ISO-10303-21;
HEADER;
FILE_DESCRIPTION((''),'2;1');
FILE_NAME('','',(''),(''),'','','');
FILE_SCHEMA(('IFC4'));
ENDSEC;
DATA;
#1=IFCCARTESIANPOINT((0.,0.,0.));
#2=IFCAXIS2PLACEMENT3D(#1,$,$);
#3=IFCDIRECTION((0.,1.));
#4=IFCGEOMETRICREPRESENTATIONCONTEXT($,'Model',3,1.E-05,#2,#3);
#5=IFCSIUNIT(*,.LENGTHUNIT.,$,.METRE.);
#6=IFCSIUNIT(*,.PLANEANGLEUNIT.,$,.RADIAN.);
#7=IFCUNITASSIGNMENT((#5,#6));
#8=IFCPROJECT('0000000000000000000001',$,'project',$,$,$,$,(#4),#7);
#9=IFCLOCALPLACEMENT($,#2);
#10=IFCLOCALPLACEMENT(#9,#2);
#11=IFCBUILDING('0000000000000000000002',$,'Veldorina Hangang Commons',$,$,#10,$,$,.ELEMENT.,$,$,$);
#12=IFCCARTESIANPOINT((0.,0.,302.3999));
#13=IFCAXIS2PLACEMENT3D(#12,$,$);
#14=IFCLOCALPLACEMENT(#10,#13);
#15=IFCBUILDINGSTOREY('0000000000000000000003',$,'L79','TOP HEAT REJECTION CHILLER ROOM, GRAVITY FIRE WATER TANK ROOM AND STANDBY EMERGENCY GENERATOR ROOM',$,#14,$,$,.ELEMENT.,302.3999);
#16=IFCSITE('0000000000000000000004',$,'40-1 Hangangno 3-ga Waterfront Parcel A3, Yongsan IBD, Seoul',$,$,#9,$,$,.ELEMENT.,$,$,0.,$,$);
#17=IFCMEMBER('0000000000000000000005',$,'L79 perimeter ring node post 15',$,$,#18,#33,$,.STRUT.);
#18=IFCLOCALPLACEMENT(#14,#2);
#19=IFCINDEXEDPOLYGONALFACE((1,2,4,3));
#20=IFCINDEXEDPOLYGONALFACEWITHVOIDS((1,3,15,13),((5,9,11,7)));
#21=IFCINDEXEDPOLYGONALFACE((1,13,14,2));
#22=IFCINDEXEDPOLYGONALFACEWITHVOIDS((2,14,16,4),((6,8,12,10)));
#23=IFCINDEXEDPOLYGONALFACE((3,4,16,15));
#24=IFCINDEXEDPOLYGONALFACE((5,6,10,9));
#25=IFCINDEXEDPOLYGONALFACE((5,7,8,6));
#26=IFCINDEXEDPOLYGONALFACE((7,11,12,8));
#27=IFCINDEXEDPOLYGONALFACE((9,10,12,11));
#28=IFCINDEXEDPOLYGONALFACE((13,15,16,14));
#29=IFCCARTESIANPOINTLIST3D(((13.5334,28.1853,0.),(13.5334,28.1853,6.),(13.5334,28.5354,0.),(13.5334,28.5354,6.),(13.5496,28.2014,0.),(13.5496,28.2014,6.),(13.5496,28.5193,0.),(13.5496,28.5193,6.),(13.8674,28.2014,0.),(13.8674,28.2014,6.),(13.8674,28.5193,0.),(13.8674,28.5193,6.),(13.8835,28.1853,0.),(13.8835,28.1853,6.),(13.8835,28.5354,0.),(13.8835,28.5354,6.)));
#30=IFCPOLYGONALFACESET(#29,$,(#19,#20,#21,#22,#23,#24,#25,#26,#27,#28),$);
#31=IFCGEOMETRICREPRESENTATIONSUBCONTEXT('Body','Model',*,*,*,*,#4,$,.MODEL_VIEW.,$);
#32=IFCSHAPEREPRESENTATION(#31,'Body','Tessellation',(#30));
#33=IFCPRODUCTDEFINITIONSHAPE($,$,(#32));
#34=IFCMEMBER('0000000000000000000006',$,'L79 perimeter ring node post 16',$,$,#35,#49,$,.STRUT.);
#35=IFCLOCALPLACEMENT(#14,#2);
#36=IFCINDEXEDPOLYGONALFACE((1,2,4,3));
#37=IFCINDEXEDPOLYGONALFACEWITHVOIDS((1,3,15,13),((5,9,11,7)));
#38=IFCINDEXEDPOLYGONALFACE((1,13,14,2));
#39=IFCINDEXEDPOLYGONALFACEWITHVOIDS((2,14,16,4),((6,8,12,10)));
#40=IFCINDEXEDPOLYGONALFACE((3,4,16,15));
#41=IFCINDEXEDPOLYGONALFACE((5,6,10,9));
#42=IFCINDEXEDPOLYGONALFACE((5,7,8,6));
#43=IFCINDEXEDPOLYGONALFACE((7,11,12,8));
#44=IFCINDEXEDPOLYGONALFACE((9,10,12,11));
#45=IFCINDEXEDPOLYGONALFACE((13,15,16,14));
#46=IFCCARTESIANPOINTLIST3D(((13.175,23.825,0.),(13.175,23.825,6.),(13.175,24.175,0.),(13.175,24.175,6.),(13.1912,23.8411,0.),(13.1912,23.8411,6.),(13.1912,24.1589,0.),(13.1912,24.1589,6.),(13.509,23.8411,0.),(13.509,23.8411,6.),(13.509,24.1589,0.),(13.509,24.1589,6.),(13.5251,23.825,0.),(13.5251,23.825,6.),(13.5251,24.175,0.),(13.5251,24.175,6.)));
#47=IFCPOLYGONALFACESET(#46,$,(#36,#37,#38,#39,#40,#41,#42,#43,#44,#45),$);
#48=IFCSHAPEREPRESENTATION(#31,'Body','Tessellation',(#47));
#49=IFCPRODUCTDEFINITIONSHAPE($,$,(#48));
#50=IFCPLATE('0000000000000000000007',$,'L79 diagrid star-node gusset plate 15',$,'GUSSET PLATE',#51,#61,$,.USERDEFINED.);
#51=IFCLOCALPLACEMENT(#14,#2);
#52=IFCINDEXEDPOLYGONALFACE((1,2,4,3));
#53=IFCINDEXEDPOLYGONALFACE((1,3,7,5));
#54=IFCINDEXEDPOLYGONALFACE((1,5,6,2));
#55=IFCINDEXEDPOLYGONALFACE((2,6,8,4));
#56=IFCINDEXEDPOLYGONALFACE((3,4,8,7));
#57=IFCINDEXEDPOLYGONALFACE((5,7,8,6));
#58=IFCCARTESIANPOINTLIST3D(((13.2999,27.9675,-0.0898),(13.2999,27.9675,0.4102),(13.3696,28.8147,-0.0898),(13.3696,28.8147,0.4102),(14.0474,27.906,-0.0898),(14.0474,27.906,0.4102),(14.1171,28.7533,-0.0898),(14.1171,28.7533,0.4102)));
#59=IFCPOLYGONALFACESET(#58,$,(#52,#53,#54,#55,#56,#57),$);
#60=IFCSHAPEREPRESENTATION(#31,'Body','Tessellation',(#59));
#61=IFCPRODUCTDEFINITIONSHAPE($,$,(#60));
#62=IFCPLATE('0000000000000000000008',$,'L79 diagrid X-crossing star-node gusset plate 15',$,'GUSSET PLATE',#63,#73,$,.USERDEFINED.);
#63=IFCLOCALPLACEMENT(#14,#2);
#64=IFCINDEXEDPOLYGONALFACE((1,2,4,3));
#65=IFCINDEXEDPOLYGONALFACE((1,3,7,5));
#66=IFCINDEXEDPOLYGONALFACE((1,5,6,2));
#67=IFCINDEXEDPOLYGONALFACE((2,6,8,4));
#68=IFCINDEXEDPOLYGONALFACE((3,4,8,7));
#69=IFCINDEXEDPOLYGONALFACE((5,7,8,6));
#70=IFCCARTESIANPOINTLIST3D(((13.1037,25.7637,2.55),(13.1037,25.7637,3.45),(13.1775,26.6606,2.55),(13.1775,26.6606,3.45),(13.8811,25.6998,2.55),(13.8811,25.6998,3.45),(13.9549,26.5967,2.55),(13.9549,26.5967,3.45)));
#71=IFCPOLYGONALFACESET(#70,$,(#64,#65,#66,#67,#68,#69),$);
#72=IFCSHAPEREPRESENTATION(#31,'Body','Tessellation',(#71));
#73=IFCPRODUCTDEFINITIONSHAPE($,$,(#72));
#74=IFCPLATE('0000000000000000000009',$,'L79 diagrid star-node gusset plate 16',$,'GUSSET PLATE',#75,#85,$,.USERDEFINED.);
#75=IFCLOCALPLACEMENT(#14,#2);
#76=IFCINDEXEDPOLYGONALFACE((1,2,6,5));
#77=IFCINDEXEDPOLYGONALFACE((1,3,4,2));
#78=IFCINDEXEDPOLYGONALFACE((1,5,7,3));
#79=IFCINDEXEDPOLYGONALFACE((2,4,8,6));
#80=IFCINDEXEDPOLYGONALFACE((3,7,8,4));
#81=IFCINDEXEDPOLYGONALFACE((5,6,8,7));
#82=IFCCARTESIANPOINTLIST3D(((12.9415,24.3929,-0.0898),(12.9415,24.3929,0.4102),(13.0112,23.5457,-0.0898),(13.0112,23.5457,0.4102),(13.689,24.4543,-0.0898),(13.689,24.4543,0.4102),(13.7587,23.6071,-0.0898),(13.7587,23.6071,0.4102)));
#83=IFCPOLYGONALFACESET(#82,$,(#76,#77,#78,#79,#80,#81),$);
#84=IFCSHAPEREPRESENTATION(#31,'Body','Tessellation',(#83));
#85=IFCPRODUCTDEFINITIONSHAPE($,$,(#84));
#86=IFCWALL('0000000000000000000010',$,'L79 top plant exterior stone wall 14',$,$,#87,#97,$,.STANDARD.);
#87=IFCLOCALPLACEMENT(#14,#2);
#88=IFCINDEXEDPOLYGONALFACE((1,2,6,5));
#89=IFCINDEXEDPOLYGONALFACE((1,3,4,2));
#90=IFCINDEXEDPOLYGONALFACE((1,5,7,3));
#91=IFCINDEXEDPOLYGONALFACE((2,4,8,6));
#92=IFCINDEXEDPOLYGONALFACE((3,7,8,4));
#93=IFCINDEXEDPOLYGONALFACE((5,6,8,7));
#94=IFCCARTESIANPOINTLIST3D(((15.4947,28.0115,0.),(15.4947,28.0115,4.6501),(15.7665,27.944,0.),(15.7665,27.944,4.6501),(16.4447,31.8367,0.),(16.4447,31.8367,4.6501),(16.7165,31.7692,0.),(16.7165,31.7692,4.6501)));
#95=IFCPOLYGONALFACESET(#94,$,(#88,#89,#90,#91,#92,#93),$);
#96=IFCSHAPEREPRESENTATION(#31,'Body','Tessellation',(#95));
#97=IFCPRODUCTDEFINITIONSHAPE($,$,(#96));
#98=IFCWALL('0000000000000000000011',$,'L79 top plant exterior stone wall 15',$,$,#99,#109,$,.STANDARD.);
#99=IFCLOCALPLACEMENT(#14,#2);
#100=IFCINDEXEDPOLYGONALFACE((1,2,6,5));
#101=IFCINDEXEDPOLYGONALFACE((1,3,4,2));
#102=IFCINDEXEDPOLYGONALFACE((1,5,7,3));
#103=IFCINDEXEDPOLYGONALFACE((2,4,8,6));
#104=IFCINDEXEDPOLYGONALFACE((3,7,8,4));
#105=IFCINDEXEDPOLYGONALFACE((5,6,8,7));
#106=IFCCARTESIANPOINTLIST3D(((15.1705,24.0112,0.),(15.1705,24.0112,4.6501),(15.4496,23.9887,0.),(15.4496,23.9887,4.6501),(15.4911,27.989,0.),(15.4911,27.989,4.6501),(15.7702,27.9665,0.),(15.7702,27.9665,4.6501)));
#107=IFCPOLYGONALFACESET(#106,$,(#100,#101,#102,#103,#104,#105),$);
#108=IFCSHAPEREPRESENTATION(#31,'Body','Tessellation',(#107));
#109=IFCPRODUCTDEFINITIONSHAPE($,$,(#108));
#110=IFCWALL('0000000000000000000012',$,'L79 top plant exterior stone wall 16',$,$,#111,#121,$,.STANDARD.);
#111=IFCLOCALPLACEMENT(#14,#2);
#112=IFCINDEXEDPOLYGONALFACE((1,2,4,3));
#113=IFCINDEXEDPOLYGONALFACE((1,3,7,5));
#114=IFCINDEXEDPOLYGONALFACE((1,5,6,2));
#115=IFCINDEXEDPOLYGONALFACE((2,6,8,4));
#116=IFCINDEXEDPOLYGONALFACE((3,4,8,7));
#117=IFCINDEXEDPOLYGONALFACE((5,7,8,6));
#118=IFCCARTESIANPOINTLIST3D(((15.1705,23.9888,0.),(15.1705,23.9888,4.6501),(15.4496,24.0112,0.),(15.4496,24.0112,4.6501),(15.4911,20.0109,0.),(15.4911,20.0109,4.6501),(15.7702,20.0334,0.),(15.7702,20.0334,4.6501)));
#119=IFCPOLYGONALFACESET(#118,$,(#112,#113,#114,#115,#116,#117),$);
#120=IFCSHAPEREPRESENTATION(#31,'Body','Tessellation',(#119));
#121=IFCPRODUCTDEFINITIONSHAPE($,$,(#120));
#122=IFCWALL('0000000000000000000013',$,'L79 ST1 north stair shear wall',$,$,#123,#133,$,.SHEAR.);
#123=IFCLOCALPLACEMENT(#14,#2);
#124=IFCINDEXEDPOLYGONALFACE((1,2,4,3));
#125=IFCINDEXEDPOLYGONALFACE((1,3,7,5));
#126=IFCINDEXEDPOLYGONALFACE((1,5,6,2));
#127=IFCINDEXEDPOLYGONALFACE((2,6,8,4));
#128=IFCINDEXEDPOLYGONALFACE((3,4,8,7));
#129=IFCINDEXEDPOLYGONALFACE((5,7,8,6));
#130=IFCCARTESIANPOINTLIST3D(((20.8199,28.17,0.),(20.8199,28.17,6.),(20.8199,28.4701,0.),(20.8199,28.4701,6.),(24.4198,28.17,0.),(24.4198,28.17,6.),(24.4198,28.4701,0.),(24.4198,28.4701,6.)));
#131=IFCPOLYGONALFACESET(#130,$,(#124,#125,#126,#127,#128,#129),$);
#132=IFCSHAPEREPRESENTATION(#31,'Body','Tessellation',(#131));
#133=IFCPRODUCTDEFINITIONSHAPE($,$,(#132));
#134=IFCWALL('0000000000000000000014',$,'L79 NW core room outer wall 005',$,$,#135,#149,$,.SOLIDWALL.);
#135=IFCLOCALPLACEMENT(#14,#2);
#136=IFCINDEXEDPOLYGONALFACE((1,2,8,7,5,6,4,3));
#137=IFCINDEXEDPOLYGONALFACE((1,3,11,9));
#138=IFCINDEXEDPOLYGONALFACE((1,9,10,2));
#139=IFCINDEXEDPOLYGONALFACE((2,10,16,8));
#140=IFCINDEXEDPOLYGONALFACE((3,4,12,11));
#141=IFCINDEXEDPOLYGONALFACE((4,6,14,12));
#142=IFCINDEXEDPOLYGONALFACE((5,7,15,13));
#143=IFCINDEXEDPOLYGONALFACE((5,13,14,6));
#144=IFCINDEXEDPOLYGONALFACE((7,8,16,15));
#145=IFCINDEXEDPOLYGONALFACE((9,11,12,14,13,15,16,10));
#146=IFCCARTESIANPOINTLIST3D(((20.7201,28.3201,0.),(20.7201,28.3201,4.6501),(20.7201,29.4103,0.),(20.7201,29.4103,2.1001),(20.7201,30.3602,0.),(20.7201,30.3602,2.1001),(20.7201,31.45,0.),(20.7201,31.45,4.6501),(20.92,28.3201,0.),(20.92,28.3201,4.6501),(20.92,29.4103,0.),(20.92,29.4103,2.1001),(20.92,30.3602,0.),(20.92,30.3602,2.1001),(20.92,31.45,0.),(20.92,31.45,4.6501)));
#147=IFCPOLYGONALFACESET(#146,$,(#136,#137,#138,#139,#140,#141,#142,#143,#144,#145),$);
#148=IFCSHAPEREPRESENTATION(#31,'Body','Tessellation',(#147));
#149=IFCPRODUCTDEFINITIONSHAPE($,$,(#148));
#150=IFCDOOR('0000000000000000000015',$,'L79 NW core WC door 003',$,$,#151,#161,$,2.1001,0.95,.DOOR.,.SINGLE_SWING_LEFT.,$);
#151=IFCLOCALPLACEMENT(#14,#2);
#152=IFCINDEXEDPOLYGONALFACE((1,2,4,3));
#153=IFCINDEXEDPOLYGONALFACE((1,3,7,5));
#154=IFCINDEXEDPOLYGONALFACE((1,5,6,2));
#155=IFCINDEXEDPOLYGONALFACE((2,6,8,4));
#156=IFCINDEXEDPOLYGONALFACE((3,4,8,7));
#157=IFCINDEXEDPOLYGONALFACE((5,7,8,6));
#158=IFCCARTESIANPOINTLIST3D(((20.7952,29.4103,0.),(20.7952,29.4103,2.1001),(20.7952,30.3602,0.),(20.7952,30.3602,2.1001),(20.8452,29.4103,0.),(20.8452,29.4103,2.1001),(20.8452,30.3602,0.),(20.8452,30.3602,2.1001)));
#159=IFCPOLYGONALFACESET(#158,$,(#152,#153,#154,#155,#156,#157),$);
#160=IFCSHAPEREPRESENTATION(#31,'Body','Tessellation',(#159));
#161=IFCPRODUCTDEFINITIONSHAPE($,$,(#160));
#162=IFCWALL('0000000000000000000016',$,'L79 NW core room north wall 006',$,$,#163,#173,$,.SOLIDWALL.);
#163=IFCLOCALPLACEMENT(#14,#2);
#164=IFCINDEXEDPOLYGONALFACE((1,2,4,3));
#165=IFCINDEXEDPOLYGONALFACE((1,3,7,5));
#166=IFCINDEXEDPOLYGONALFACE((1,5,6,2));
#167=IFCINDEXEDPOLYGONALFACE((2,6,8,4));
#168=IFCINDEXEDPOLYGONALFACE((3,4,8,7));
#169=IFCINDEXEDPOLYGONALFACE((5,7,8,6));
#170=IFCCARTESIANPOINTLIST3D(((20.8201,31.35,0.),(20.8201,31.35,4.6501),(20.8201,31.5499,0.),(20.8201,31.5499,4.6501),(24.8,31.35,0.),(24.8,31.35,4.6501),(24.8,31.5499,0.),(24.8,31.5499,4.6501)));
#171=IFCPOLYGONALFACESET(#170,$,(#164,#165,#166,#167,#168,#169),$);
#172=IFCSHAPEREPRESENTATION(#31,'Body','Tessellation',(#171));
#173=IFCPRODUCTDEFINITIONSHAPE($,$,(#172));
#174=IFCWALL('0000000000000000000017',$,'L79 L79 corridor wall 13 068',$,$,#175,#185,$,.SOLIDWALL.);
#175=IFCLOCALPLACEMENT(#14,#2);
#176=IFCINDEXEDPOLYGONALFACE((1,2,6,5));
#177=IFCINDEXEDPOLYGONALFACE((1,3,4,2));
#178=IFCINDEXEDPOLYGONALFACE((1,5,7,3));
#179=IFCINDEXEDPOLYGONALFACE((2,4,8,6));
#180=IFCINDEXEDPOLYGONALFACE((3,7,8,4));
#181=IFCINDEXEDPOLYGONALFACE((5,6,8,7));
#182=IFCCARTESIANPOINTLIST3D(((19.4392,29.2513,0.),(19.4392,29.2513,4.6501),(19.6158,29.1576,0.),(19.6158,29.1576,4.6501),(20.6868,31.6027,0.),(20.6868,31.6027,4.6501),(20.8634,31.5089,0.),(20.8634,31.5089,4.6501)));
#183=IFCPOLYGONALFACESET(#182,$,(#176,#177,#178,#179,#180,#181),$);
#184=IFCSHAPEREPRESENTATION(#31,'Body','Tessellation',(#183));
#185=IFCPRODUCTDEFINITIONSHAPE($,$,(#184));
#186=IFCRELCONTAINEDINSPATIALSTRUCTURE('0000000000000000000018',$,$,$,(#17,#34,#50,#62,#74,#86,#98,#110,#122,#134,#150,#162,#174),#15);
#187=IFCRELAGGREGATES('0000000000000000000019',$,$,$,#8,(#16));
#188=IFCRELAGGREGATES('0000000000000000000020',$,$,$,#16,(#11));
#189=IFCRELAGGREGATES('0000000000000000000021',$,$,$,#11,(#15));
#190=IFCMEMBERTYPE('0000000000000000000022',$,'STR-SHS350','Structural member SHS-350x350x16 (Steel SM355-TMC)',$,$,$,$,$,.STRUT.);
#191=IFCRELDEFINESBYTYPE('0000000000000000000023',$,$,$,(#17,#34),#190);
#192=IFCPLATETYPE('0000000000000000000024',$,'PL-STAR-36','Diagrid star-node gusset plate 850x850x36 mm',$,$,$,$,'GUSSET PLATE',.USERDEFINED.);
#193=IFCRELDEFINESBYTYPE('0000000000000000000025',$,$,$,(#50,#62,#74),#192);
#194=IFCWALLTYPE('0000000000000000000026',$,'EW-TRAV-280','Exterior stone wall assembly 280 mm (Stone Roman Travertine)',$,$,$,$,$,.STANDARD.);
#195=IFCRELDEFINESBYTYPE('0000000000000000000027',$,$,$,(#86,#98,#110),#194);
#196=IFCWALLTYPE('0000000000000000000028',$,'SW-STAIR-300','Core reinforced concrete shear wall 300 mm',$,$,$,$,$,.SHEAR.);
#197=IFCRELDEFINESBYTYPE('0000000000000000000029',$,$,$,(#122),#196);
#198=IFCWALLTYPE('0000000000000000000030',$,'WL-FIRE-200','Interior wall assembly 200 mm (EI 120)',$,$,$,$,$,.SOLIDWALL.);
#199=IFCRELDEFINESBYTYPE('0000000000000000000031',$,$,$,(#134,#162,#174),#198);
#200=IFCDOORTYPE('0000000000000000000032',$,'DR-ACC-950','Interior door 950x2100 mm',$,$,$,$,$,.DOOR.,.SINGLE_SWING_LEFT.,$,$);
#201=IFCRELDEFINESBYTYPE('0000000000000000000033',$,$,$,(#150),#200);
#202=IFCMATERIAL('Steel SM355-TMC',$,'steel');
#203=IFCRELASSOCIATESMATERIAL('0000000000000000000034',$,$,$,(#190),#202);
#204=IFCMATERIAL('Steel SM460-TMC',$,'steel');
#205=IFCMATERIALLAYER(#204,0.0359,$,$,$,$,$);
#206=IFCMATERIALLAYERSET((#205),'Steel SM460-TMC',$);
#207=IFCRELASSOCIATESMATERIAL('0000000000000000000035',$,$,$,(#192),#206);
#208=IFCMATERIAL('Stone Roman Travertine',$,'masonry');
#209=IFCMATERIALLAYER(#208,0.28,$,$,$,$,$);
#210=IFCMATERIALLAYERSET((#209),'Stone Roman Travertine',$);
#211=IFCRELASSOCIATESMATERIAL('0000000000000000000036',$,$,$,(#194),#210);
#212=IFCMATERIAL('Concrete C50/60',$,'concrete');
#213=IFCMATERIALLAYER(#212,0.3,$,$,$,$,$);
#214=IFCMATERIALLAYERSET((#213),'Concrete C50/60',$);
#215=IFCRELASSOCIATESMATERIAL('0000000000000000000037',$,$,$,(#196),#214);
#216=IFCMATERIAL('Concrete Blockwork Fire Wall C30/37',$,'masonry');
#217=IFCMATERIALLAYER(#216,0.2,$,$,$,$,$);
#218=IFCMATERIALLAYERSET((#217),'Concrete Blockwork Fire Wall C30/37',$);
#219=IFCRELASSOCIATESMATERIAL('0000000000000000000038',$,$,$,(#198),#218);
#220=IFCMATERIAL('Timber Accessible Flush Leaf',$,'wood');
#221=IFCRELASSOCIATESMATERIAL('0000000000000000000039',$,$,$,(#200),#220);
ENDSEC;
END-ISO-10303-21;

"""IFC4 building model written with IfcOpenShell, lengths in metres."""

from ifc_helpers import new_model, si_unit, direction, frame, frame_2d, origin, origin_2d, place, context, subcontext, project, spatial, rectangle, hollow_rectangle, extrude, material, layer, layer_set, material_profile, profile_set, type_object, element, fill, save


model = new_model("IFC4")

# Units and contexts
model_context = context("Model", 3, precision=1e-05, world=origin(), true_north=direction((0.0, 1.0)))
body_context = subcontext(model_context, "Body", "Model", "MODEL_VIEW")
ifc_project = project(units=[si_unit("LENGTHUNIT", "METRE"), si_unit("PLANEANGLEUNIT", "RADIAN")], contexts=[model_context])

# Site, building, storey
site_placement = place(None, origin())
site = spatial("IfcSite", under=ifc_project, at=site_placement, Name="40-1 Hangangno 3-ga Waterfront Parcel A3, Yongsan IBD, Seoul", CompositionType="ELEMENT", RefElevation=0.0)
building_placement = place(site_placement, origin())
building = spatial("IfcBuilding", under=site, at=building_placement, Name="Veldorina Hangang Commons", CompositionType="ELEMENT")
storey_placement = place(building_placement, frame((0.0, 0.0, 302.3999)))
storey = spatial("IfcBuildingStorey", under=building, at=storey_placement, Name="L79", Description="TOP HEAT REJECTION CHILLER ROOM, GRAVITY FIRE WATER TANK ROOM AND STANDBY EMERGENCY GENERATOR ROOM", CompositionType="ELEMENT", Elevation=302.3999)

# Shared definitions
ifc_material_1 = material(Name="Steel SM460-TMC", Category="steel")
ifc_material_2 = material(Name="Steel SM355-TMC", Category="steel")

# Members
ifc_material_profile_1 = material_profile(ifc_material_2, hollow_rectangle(XDim=0.3501, YDim=0.3501, WallThickness=0.0161, at=origin_2d()), Name="SHS-350x350x16")
ifc_profile_set_1 = profile_set([ifc_material_profile_1], Name="Steel SM355-TMC")
member_type_1 = type_object("IfcMemberType", Name="STR-SHS350", Description="Structural member SHS-350x350x16 (Steel SM355-TMC)", PredefinedType="STRUT", material=ifc_profile_set_1)
for number, where, z_axis, x_axis, name in (
    (1, (13.7085, 28.3604, 0.0), (0.0, 0.0, 1.0), (1.0, 0.0, 0.0), "L79 perimeter ring node post 15"),
    (2, (13.3501, 24.0, 0.0), (0.0, 0.0, 1.0), (1.0, 0.0, 0.0), "L79 perimeter ring node post 16"),
):
    element("IfcMember", number, at=place(storey_placement, frame(where, z_axis=z_axis, x_axis=x_axis)), inside=storey, type_object=member_type_1, Name=name, PredefinedType="STRUT", context=body_context, shape_type="SweptSolid", body=[
        extrude(hollow_rectangle(XDim=0.3501, YDim=0.3501, WallThickness=0.0161, at=origin_2d()), origin(), (0.0, 0.0, 1.0), 6.0),
    ])

# Plates
ifc_layer_1 = layer(ifc_material_1, 0.0359)
ifc_layer_set_1 = layer_set([ifc_layer_1], Name="Steel SM460-TMC")
plate_type = type_object("IfcPlateType", Name="PL-STAR-36", Description="Diagrid star-node gusset plate 850x850x36 mm", ElementType="GUSSET PLATE", PredefinedType="USERDEFINED", material=ifc_layer_set_1)
plate_1_placement = place(storey_placement, frame((13.7085, 28.3604, -0.0898), z_axis=(0.0, 0.0, 1.0), x_axis=(-0.081921, -0.996639, 0.0)))
element("IfcPlate", 3, at=plate_1_placement, inside=storey, type_object=plate_type, Name="L79 diagrid star-node gusset plate 15", ObjectType="GUSSET PLATE", PredefinedType="USERDEFINED", context=body_context, shape_type="SweptSolid", body=[
    extrude(rectangle(XDim=0.8501, YDim=0.75, at=origin_2d()), origin(), (0.0, 0.0, 1.0), 0.5),
])
plate_2_placement = place(storey_placement, frame((13.5293, 26.1802, 2.55), z_axis=(0.0, 0.0, 1.0), x_axis=(-0.081921, -0.996639, 0.0)))
element("IfcPlate", 4, at=plate_2_placement, inside=storey, type_object=plate_type, Name="L79 diagrid X-crossing star-node gusset plate 15", ObjectType="GUSSET PLATE", PredefinedType="USERDEFINED", context=body_context, shape_type="SweptSolid", body=[
    extrude(rectangle(XDim=0.8999, YDim=0.78, at=origin_2d()), origin(), (0.0, 0.0, 1.0), 0.8999),
])
plate_3_placement = place(storey_placement, frame((13.3501, 24.0, -0.0898), z_axis=(0.0, 0.0, 1.0), x_axis=(0.081921, -0.996639, 0.0)))
element("IfcPlate", 5, at=plate_3_placement, inside=storey, type_object=plate_type, Name="L79 diagrid star-node gusset plate 16", ObjectType="GUSSET PLATE", PredefinedType="USERDEFINED", context=body_context, shape_type="SweptSolid", body=[
    extrude(rectangle(XDim=0.8501, YDim=0.75, at=origin_2d()), origin(), (0.0, 0.0, 1.0), 0.5),
])

# Walls
ifc_material_3 = material(Name="Stone Roman Travertine", Category="masonry")
ifc_layer_2 = layer(ifc_material_3, 0.28)
ifc_layer_set_2 = layer_set([ifc_layer_2], Name="Stone Roman Travertine")
wall_type_1 = type_object("IfcWallType", Name="EW-TRAV-280", Description="Exterior stone wall assembly 280 mm (Stone Roman Travertine)", PredefinedType="STANDARD", material=ifc_layer_set_2)
wall_1_placement = place(storey_placement, frame((16.5806, 31.803, 0.0), z_axis=(0.0, 0.0, 1.0), x_axis=(-0.24102, -0.97052, 0.0)))
element("IfcWall", 6, at=wall_1_placement, inside=storey, type_object=wall_type_1, Name="L79 top plant exterior stone wall 14", PredefinedType="STANDARD", context=body_context, shape_type="SweptSolid", body=[
    extrude(rectangle(XDim=3.9414, YDim=0.28, at=frame_2d((1.9707, 0.0))), origin(), (0.0, 0.0, 1.0), 4.6501),
])
for number, where, z_axis, x_axis, name in (
    (7, (15.6306, 27.9778, 0.0), (0.0, 0.0, 1.0), (-0.080326, -0.996769, 0.0), "L79 top plant exterior stone wall 15"),
    (8, (15.3101, 24.0, 0.0), (0.0, 0.0, 1.0), (0.080326, -0.996769, 0.0), "L79 top plant exterior stone wall 16"),
):
    element("IfcWall", number, at=place(storey_placement, frame(where, z_axis=z_axis, x_axis=x_axis)), inside=storey, type_object=wall_type_1, Name=name, PredefinedType="STANDARD", context=body_context, shape_type="SweptSolid", body=[
        extrude(rectangle(XDim=3.9907, YDim=0.28, at=frame_2d((1.9954, 0.0))), origin(), (0.0, 0.0, 1.0), 4.6501),
    ])
ifc_material_4 = material(Name="Concrete C50/60", Category="concrete")
ifc_layer_3 = layer(ifc_material_4, 0.3)
ifc_layer_set_3 = layer_set([ifc_layer_3], Name="Concrete C50/60")
wall_type_2 = type_object("IfcWallType", Name="SW-STAIR-300", Description="Core reinforced concrete shear wall 300 mm", PredefinedType="SHEAR", material=ifc_layer_set_3)
wall_2_placement = place(storey_placement, frame((20.8201, 28.3201, 0.0), z_axis=(0.0, 0.0, 1.0), x_axis=(1.0, 0.0, 0.0)))
element("IfcWall", 9, at=wall_2_placement, inside=storey, type_object=wall_type_2, Name="L79 ST1 north stair shear wall", PredefinedType="SHEAR", context=body_context, shape_type="SweptSolid", body=[
    extrude(rectangle(XDim=3.5999, YDim=0.3, at=frame_2d((1.7998, 0.0))), origin(), (0.0, 0.0, 1.0), 6.0),
])

# Wall, opening, door
ifc_material_5 = material(Name="Concrete Blockwork Fire Wall C30/37", Category="masonry")
ifc_layer_4 = layer(ifc_material_5, 0.2)
ifc_layer_set_4 = layer_set([ifc_layer_4], Name="Concrete Blockwork Fire Wall C30/37")
wall_type_3 = type_object("IfcWallType", Name="WL-FIRE-200", Description="Interior wall assembly 200 mm (EI 120)", PredefinedType="SOLIDWALL", material=ifc_layer_set_4)
wall_3_placement = place(storey_placement, frame((20.8201, 28.3201, 0.0), z_axis=(0.0, 0.0, 1.0), x_axis=(0.0, 1.0, 0.0)))
wall_3 = element("IfcWall", 10, at=wall_3_placement, inside=storey, type_object=wall_type_3, Name="L79 NW core room outer wall 005", PredefinedType="SOLIDWALL", context=body_context, shape_type="SweptSolid", body=[
    extrude(rectangle(XDim=3.1299, YDim=0.2, at=frame_2d((1.5649, 0.0))), origin(), (0.0, 0.0, 1.0), 4.6501),
])
opening_placement = place(wall_3_placement, frame((1.0901, 0.0, 0.0)))
opening = element("IfcOpeningElement", 11, at=opening_placement, cuts=wall_3, PredefinedType="OPENING", context=body_context, shape_type="SweptSolid", body=[
    extrude(rectangle(XDim=0.95, YDim=2.1001, at=frame_2d((0.4751, 1.05))), frame((0.0, 0.1099, 0.0), z_axis=(0.0, -1.0, 0.0), x_axis=(1.0, 0.0, 0.0)), (0.0, 0.0, 1.0), 0.22),
])
ifc_material_6 = material(Name="Timber Accessible Flush Leaf", Category="wood")
door_type = type_object("IfcDoorType", Name="DR-ACC-950", Description="Interior door 950x2100 mm", OperationType="SINGLE_SWING_LEFT", PredefinedType="DOOR", material=ifc_material_6)
door_placement = place(opening_placement, origin())
door = element("IfcDoor", 12, at=door_placement, inside=storey, type_object=door_type, Name="L79 NW core WC door 003", OperationType="SINGLE_SWING_LEFT", OverallHeight=2.1001, OverallWidth=0.95, PredefinedType="DOOR", context=body_context, shape_type="SweptSolid", body=[
    extrude(rectangle(XDim=0.95, YDim=2.1001, at=frame_2d((0.4751, 1.05))), frame((0.0, 0.0249, 0.0), z_axis=(0.0, -1.0, 0.0), x_axis=(1.0, 0.0, 0.0)), (0.0, 0.0, 1.0), 0.05),
])
fill(opening, door)

# Walls
wall_4_placement = place(storey_placement, frame((20.8201, 31.45, 0.0), z_axis=(0.0, 0.0, 1.0), x_axis=(1.0, 0.0, 0.0)))
element("IfcWall", 13, at=wall_4_placement, inside=storey, type_object=wall_type_3, Name="L79 NW core room north wall 006", PredefinedType="SOLIDWALL", context=body_context, shape_type="SweptSolid", body=[
    extrude(rectangle(XDim=3.98, YDim=0.2, at=frame_2d((1.99, 0.0))), origin(), (0.0, 0.0, 1.0), 4.6501),
])
wall_5_placement = place(storey_placement, frame((20.7751, 31.5559, 0.0), z_axis=(0.0, 0.0, 1.0), x_axis=(-0.468692, -0.883361, 0.0)))
element("IfcWall", 14, at=wall_5_placement, inside=storey, type_object=wall_type_3, Name="L79 L79 corridor wall 13 068", PredefinedType="SOLIDWALL", context=body_context, shape_type="SweptSolid", body=[
    extrude(rectangle(XDim=2.6619, YDim=0.2, at=frame_2d((1.3311, 0.0))), origin(), (0.0, 0.0, 1.0), 4.6501),
])

save(model, "model.ifc")
